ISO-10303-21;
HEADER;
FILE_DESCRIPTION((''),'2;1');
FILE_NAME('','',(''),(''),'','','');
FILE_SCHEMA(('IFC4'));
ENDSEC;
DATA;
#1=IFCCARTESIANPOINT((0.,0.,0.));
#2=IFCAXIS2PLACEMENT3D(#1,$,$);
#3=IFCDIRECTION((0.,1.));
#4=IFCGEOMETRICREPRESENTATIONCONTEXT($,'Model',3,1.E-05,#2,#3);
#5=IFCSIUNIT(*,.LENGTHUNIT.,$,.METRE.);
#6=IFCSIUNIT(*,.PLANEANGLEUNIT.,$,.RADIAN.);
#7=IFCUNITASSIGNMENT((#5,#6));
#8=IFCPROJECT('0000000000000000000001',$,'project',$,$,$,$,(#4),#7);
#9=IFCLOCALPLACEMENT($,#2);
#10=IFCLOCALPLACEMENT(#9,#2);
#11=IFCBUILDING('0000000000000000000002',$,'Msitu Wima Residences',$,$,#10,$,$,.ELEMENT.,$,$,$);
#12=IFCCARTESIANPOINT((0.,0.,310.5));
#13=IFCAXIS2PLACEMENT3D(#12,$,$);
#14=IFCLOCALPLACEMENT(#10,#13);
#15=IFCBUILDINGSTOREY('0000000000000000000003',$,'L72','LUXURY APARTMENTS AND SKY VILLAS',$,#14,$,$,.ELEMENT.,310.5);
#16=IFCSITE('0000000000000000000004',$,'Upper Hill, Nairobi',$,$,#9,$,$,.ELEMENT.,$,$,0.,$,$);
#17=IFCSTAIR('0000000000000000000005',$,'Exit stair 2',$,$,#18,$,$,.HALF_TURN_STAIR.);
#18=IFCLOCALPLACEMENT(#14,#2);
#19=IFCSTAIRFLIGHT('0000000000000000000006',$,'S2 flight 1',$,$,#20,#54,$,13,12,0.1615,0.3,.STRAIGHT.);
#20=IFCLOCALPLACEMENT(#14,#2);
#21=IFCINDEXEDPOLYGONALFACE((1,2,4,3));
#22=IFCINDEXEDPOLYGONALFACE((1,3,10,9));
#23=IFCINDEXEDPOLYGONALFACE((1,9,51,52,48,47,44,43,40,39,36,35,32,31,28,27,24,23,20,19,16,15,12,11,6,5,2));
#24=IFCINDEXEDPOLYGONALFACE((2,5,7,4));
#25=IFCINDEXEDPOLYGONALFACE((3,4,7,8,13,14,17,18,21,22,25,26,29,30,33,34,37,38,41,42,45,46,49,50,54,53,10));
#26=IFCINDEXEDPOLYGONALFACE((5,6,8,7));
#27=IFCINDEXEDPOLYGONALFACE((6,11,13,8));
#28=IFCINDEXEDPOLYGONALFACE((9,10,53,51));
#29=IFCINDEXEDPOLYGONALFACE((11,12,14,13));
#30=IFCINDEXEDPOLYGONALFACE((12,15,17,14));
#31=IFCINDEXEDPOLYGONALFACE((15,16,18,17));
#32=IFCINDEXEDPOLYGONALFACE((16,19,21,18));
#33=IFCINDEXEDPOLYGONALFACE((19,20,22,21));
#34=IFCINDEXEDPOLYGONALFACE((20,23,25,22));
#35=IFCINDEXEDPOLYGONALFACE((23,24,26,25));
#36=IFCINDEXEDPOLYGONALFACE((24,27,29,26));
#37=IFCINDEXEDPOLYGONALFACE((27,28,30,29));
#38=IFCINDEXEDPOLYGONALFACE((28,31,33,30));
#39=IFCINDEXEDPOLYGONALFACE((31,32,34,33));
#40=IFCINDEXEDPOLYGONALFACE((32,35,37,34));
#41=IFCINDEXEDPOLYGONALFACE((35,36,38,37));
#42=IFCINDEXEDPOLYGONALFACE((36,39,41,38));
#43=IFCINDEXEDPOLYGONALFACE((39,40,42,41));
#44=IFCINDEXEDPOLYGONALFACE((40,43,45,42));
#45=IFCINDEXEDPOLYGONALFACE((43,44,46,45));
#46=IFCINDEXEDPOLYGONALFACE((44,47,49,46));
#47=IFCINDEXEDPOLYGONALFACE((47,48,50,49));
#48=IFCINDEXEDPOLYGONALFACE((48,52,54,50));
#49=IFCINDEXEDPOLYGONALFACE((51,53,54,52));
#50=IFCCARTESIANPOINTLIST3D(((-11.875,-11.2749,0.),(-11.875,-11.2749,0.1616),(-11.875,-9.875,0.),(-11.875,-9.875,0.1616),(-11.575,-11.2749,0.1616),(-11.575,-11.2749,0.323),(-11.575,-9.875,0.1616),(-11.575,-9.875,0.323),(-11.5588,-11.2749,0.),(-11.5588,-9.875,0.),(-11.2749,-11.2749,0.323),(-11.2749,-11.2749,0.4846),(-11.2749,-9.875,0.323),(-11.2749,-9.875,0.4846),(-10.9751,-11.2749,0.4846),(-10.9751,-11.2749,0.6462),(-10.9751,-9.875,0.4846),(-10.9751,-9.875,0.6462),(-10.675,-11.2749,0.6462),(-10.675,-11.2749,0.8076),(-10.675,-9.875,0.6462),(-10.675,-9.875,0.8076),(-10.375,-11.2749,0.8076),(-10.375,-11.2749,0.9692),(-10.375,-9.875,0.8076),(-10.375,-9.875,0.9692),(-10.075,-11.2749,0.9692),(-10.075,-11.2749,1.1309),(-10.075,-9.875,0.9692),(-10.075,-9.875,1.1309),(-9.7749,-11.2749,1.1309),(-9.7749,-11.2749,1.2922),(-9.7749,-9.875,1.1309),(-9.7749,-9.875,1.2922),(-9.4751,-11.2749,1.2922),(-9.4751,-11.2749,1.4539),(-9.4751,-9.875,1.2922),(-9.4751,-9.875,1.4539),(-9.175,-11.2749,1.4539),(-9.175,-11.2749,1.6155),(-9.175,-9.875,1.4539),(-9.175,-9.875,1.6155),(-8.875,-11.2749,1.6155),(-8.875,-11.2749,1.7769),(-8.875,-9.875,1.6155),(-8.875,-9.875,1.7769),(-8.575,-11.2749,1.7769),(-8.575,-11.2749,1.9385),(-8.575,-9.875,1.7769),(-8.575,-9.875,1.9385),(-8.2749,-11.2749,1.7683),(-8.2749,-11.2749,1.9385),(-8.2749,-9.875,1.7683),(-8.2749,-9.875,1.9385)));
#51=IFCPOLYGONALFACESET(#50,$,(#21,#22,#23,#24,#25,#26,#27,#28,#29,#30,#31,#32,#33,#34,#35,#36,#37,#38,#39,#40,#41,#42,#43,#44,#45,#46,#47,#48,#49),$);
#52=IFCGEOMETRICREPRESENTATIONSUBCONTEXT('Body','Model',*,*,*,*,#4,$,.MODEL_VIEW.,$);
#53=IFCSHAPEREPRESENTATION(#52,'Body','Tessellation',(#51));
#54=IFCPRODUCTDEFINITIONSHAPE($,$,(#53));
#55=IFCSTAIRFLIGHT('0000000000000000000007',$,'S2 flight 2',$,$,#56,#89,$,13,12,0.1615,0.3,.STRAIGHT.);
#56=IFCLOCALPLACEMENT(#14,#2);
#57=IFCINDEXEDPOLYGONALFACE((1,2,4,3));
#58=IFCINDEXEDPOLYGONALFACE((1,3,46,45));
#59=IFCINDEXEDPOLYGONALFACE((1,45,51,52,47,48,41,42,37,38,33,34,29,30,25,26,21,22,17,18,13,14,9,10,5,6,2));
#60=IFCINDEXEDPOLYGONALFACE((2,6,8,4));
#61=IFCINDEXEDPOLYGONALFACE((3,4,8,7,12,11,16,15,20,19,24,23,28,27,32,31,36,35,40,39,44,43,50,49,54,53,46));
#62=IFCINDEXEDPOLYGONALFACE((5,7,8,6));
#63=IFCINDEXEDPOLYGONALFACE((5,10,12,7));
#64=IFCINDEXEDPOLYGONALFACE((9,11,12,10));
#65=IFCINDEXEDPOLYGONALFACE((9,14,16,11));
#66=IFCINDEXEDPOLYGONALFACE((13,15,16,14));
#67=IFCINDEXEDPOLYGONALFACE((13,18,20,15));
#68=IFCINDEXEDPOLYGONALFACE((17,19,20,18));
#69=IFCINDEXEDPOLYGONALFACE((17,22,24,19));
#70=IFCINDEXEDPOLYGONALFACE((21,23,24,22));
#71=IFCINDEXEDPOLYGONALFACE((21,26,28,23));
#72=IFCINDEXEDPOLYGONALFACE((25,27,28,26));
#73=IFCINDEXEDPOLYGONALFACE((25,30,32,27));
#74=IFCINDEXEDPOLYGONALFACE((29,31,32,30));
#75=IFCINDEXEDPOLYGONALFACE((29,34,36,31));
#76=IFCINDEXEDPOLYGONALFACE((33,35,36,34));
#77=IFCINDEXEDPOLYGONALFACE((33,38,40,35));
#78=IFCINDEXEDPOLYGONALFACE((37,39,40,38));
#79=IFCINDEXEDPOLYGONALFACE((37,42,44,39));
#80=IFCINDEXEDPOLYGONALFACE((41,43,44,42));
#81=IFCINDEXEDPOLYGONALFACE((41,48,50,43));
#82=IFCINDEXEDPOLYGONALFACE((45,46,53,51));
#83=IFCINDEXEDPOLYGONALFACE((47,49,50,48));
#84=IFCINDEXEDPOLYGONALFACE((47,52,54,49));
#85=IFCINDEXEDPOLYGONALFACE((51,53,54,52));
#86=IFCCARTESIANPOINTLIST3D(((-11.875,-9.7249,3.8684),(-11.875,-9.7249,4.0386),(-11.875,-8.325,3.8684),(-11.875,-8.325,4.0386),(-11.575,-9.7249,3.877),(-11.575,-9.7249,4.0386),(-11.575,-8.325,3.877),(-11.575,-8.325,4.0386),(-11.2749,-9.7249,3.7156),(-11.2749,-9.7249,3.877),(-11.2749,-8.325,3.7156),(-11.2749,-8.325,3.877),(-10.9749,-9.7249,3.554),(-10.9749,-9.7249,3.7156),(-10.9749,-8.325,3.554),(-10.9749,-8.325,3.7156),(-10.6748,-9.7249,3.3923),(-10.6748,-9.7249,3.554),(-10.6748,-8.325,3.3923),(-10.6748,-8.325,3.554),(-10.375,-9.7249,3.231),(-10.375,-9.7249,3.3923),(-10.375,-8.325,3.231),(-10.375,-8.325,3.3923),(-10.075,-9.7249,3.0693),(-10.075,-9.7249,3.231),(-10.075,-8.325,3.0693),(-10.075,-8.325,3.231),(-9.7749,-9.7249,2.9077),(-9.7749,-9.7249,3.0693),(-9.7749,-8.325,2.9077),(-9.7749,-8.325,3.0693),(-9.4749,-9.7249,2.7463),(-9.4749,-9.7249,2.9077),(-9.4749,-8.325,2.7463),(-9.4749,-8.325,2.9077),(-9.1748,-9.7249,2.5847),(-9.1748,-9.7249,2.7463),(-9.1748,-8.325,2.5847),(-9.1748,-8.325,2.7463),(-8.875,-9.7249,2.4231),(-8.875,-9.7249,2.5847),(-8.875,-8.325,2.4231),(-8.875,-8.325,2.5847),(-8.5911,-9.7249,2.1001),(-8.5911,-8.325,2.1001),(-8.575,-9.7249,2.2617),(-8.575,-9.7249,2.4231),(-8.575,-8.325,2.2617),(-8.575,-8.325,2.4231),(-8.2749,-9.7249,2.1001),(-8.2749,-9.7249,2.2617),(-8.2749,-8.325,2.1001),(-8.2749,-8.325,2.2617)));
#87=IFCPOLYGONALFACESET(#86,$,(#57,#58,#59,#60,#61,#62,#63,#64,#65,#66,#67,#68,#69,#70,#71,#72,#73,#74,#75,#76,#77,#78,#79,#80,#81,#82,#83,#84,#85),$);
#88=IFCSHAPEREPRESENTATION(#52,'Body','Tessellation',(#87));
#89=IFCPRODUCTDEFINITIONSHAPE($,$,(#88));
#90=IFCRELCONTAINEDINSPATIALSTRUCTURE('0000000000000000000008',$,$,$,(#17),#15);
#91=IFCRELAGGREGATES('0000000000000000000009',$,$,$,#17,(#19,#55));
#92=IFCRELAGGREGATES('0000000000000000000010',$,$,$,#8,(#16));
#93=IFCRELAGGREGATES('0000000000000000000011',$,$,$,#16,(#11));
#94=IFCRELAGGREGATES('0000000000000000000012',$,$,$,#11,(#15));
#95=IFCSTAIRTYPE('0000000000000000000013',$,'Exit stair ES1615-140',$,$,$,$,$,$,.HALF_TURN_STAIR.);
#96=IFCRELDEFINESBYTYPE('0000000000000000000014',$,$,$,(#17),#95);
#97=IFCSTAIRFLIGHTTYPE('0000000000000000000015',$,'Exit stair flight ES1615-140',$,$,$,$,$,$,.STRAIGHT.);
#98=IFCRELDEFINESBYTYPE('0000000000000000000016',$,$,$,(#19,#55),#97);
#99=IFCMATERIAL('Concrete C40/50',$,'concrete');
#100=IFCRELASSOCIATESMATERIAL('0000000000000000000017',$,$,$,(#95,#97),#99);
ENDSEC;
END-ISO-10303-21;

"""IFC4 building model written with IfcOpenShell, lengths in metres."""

from ifc_helpers import new_model, si_unit, direction, frame, origin, place, context, subcontext, project, spatial, polyline, outline, extrude, material, type_object, element, aggregate, save


model = new_model("IFC4")

# Units and contexts
model_context = context("Model", 3, precision=1e-05, world=origin(), true_north=direction((0.0, 1.0)))
body_context = subcontext(model_context, "Body", "Model", "MODEL_VIEW")
ifc_project = project(units=[si_unit("LENGTHUNIT", "METRE"), si_unit("PLANEANGLEUNIT", "RADIAN")], contexts=[model_context])

# Site, building, storey
site_placement = place(None, origin())
site = spatial("IfcSite", under=ifc_project, at=site_placement, Name="Upper Hill, Nairobi", CompositionType="ELEMENT", RefElevation=0.0)
building_placement = place(site_placement, origin())
building = spatial("IfcBuilding", under=site, at=building_placement, Name="Msitu Wima Residences", CompositionType="ELEMENT")
storey_placement = place(building_placement, frame((0.0, 0.0, 310.5)))
storey = spatial("IfcBuildingStorey", under=building, at=storey_placement, Name="L72", Description="LUXURY APARTMENTS AND SKY VILLAS", CompositionType="ELEMENT", Elevation=310.5)

# Shared definitions
ifc_material_1 = material(Name="Concrete C40/50", Category="concrete")

# Stair, stair flights
stair_type = type_object("IfcStairType", Name="Exit stair ES1615-140", PredefinedType="HALF_TURN_STAIR", material=ifc_material_1)
stair_placement = place(storey_placement, origin())
stair = element("IfcStair", 1, at=stair_placement, inside=storey, type_object=stair_type, Name="Exit stair 2", PredefinedType="HALF_TURN_STAIR")
stair_flight_type = type_object("IfcStairFlightType", Name="Exit stair flight ES1615-140", PredefinedType="STRAIGHT", material=ifc_material_1)
stair_flight_1_placement = place(storey_placement, frame((-11.875, -10.575, 0.0), z_axis=(0.0, 0.0, 1.0), x_axis=(1.0, 0.0, 0.0)))
stair_flight_1 = element("IfcStairFlight", 2, at=stair_flight_1_placement, type_object=stair_flight_type, Name="S2 flight 1", NumberOfRisers=13, NumberOfTreads=12, PredefinedType="STRAIGHT", RiserHeight=0.1615, TreadLength=0.3, context=body_context, shape_type="SweptSolid", body=[
    extrude(outline(polyline([(0.0, 0.0), (0.0, 0.1616), (0.3, 0.1616), (0.3, 0.323), (0.6001, 0.323), (0.6001, 0.4846), (0.8999, 0.4846), (0.8999, 0.6462), (1.2, 0.6462), (1.2, 0.8076), (1.5, 0.8076), (1.5, 0.9692), (1.8, 0.9692), (1.8, 1.1309), (2.1001, 1.1309), (2.1001, 1.2922), (2.3999, 1.2922), (2.3999, 1.4539), (2.7, 1.4539), (2.7, 1.6155), (3.0, 1.6155), (3.0, 1.7769), (3.3, 1.7769), (3.3, 1.9385), (3.6001, 1.9385), (3.6001, 2.1001), (3.6001, 1.7683), (0.3162, 0.0), (0.0, 0.0)])), frame((0.0, 0.7, 0.0), z_axis=(0.0, -1.0, 0.0), x_axis=(1.0, 0.0, 0.0)), (0.0, 0.0, 1.0), 1.3999),
])
stair_flight_2_placement = place(storey_placement, frame((-8.2749, -9.0249, 2.1001), z_axis=(0.0, 0.0, 1.0), x_axis=(-1.0, 0.0, 0.0)))
stair_flight_2 = element("IfcStairFlight", 3, at=stair_flight_2_placement, type_object=stair_flight_type, Name="S2 flight 2", NumberOfRisers=13, NumberOfTreads=12, PredefinedType="STRAIGHT", RiserHeight=0.1615, TreadLength=0.3, context=body_context, shape_type="SweptSolid", body=[
    extrude(outline(polyline([(0.0, 0.0), (0.0, 0.1616), (0.3, 0.1616), (0.3, 0.323), (0.6001, 0.323), (0.6001, 0.4846), (0.8999, 0.4846), (0.8999, 0.6462), (1.2, 0.6462), (1.2, 0.8076), (1.5, 0.8076), (1.5, 0.9692), (1.8, 0.9692), (1.8, 1.1309), (2.1001, 1.1309), (2.1001, 1.2922), (2.3999, 1.2922), (2.3999, 1.4539), (2.7, 1.4539), (2.7, 1.6155), (3.0, 1.6155), (3.0, 1.7769), (3.3, 1.7769), (3.3, 1.9385), (3.6001, 1.9385), (3.6001, 2.1001), (3.6001, 1.7683), (0.3162, 0.0), (0.0, 0.0)])), frame((0.0, 0.7, 0.0), z_axis=(0.0, -1.0, 0.0), x_axis=(1.0, 0.0, 0.0)), (0.0, 0.0, 1.0), 1.3999),
])
aggregate(stair, [stair_flight_1, stair_flight_2])

save(model, "model.ifc")
